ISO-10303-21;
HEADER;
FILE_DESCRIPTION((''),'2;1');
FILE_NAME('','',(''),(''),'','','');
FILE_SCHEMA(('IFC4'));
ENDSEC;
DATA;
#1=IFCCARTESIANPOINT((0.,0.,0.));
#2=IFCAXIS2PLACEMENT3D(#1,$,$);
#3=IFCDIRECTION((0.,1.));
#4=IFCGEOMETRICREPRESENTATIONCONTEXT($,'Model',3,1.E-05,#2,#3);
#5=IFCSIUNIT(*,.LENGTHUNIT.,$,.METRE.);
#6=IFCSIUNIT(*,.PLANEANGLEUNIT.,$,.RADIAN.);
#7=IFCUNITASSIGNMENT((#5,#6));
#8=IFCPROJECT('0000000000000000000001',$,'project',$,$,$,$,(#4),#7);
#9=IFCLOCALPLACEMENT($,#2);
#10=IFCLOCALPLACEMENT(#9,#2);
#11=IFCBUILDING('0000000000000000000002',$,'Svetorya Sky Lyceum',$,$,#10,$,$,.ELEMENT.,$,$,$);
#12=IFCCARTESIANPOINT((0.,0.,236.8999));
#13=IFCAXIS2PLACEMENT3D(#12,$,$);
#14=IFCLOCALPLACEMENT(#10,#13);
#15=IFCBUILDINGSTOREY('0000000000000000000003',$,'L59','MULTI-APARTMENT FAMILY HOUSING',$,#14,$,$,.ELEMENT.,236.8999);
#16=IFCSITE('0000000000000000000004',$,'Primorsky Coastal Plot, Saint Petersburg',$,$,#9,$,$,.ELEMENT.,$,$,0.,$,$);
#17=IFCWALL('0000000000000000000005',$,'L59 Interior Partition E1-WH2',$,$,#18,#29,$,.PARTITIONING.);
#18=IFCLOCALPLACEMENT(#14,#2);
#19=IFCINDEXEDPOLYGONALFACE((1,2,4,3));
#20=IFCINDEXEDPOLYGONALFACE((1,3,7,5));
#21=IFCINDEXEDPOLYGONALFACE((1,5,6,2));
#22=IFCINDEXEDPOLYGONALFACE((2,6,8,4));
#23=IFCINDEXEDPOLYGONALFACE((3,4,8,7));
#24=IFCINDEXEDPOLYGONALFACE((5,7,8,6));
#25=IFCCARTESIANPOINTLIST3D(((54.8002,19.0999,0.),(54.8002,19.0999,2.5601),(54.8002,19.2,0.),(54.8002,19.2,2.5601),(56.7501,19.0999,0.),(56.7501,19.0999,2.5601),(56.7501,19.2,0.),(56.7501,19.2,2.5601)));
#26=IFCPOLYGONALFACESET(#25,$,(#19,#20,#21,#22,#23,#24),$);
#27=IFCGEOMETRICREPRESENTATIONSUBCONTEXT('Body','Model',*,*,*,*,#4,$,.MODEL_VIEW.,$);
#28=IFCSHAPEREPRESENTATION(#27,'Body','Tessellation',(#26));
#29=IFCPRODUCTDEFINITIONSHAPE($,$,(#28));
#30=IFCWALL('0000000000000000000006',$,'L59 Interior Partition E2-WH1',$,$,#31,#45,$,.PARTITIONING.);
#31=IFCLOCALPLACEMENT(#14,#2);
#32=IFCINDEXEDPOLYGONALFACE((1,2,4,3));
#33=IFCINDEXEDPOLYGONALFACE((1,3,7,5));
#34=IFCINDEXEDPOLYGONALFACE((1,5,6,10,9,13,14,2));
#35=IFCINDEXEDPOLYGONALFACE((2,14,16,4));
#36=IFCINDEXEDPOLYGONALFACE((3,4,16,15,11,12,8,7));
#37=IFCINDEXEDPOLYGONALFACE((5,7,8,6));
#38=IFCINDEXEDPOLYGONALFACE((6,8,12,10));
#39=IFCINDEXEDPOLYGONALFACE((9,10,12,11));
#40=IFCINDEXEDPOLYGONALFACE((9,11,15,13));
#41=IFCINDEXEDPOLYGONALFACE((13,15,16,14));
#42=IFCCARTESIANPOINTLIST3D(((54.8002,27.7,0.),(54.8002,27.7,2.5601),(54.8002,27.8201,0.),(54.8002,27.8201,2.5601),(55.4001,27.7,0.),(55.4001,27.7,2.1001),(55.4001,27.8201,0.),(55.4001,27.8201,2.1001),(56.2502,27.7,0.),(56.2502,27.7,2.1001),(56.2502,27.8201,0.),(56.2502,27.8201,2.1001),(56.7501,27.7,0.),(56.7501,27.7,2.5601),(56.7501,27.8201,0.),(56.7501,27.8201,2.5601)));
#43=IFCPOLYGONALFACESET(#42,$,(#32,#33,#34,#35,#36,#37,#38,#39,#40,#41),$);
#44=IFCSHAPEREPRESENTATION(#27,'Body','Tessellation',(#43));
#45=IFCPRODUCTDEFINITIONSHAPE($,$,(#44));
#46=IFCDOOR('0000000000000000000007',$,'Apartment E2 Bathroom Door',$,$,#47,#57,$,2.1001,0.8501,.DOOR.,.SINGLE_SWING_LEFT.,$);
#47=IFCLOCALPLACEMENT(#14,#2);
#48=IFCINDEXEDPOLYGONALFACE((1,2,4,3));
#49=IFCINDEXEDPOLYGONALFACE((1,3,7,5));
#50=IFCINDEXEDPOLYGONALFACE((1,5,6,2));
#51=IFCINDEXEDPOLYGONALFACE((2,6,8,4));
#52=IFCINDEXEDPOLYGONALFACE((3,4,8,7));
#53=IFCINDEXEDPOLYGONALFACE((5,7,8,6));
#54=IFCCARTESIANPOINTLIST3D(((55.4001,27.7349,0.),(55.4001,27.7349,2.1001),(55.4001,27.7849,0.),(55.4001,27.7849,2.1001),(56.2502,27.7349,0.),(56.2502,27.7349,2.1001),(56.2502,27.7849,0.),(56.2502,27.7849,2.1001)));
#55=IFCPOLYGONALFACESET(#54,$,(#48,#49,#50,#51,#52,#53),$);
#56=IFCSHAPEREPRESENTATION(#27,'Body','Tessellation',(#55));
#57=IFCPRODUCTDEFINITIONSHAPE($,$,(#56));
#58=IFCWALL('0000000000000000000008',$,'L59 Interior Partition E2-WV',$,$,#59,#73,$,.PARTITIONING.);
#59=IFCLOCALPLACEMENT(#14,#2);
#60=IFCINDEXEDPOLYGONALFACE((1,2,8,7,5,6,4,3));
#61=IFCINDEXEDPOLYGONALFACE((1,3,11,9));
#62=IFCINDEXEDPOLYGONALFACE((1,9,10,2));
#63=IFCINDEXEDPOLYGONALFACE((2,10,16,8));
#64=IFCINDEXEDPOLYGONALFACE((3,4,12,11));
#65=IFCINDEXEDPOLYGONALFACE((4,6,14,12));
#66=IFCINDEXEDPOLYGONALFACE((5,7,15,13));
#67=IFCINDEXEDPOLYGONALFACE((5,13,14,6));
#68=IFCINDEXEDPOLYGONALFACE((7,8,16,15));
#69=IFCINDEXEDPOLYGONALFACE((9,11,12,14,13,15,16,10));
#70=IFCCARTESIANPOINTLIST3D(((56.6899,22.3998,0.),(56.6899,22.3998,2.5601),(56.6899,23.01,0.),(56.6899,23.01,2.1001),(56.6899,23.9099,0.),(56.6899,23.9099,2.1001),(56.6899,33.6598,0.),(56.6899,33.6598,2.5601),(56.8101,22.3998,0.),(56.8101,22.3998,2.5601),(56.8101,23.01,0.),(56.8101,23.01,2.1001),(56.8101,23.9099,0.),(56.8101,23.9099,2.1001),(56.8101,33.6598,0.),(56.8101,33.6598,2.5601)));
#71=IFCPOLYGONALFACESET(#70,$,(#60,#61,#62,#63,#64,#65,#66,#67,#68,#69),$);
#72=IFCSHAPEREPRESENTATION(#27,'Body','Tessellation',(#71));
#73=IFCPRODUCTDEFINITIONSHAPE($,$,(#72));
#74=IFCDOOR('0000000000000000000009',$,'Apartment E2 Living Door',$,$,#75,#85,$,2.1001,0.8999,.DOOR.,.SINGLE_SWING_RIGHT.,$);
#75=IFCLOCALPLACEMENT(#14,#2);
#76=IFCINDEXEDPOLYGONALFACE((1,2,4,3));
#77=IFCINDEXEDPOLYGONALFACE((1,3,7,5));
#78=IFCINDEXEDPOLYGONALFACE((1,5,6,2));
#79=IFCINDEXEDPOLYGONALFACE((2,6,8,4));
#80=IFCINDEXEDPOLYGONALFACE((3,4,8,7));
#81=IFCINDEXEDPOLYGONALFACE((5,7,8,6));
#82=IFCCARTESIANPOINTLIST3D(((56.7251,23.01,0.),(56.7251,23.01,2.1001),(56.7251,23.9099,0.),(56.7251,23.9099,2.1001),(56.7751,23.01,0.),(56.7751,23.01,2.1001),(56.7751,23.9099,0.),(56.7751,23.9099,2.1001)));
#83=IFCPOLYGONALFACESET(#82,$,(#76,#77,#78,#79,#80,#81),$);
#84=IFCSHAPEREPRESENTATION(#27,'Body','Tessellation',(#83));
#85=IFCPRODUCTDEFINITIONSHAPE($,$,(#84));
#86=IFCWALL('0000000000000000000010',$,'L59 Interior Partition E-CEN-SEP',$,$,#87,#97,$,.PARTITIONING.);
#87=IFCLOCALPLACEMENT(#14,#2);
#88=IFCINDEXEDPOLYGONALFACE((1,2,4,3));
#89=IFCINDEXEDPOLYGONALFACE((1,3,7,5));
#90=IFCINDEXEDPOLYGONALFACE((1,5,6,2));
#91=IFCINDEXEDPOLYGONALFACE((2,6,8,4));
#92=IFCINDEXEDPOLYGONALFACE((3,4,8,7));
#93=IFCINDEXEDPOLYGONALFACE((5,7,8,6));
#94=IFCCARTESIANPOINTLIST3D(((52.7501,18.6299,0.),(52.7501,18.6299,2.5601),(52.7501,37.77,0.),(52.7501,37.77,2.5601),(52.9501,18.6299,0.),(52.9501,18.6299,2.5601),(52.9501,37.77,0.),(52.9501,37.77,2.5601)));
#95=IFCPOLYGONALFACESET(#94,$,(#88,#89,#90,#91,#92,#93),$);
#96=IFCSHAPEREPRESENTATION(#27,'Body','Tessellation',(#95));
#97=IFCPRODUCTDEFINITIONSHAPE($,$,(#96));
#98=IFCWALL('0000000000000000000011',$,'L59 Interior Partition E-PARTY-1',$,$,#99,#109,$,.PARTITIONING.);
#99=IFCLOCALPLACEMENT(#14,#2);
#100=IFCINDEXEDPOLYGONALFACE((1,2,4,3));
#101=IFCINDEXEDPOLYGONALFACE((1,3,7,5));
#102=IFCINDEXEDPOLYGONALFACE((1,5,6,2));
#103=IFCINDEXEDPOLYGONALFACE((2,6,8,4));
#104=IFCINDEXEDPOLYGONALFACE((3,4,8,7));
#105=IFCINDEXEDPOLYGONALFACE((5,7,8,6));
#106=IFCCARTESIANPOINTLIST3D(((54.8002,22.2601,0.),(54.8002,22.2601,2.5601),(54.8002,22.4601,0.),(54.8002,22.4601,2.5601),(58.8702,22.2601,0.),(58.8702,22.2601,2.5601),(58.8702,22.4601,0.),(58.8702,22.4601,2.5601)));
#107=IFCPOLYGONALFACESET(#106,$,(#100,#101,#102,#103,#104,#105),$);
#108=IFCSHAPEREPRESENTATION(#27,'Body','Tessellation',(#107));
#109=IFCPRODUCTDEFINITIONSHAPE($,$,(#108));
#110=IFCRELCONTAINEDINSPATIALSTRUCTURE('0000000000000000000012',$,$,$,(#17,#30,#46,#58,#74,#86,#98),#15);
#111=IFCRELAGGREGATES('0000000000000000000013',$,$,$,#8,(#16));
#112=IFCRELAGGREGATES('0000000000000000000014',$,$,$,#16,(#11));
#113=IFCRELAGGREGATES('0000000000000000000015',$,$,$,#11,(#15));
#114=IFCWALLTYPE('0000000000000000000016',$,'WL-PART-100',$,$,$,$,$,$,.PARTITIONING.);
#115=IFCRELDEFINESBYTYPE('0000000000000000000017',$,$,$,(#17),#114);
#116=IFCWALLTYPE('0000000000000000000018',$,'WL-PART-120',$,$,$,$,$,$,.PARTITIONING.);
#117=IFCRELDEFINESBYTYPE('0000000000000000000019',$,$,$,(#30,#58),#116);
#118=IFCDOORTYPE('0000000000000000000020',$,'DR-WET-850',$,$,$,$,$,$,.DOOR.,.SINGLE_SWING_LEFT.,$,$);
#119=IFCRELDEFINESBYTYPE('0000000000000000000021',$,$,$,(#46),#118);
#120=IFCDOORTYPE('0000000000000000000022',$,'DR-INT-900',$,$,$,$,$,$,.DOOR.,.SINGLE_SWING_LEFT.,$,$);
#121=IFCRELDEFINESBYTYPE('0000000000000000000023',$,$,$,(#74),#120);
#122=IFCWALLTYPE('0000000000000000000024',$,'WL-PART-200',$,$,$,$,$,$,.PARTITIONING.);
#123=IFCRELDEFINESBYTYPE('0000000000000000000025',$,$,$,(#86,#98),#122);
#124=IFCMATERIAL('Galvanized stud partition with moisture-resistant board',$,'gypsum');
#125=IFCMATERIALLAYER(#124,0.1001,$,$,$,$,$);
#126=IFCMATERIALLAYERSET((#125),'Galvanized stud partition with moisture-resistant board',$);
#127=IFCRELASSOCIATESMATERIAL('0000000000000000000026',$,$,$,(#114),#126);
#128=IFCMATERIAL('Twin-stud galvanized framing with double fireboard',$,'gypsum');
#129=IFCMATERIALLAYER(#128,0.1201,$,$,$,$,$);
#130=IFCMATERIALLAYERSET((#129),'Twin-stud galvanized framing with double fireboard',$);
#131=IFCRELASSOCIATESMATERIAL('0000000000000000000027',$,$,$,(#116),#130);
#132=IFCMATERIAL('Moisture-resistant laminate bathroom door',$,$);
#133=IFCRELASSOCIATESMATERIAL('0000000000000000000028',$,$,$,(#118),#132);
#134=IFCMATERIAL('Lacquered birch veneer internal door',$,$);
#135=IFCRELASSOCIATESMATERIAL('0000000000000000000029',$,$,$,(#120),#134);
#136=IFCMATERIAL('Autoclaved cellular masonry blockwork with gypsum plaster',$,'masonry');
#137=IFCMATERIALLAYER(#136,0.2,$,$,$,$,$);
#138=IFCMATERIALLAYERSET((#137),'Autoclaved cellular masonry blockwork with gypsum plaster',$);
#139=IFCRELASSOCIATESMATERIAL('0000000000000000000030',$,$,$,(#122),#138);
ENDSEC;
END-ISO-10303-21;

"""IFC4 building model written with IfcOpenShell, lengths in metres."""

from ifc_helpers import new_model, si_unit, direction, frame, frame_2d, origin, place, context, subcontext, project, spatial, rectangle, extrude, material, layer, layer_set, type_object, element, fill, save


model = new_model("IFC4")

# Units and contexts
model_context = context("Model", 3, precision=1e-05, world=origin(), true_north=direction((0.0, 1.0)))
body_context = subcontext(model_context, "Body", "Model", "MODEL_VIEW")
ifc_project = project(units=[si_unit("LENGTHUNIT", "METRE"), si_unit("PLANEANGLEUNIT", "RADIAN")], contexts=[model_context])

# Site, building, storey
site_placement = place(None, origin())
site = spatial("IfcSite", under=ifc_project, at=site_placement, Name="Primorsky Coastal Plot, Saint Petersburg", CompositionType="ELEMENT", RefElevation=0.0)
building_placement = place(site_placement, origin())
building = spatial("IfcBuilding", under=site, at=building_placement, Name="Svetorya Sky Lyceum", CompositionType="ELEMENT")
storey_placement = place(building_placement, frame((0.0, 0.0, 236.8999)))
storey = spatial("IfcBuildingStorey", under=building, at=storey_placement, Name="L59", Description="MULTI-APARTMENT FAMILY HOUSING", CompositionType="ELEMENT", Elevation=236.8999)

# Wall
ifc_material_1 = material(Name="Galvanized stud partition with moisture-resistant board", Category="gypsum")
ifc_layer_1 = layer(ifc_material_1, 0.1001)
ifc_layer_set_1 = layer_set([ifc_layer_1], Name="Galvanized stud partition with moisture-resistant board")
wall_type_1 = type_object("IfcWallType", Name="WL-PART-100", PredefinedType="PARTITIONING", material=ifc_layer_set_1)
wall_1_placement = place(storey_placement, frame((54.8, 19.1499, 0.0), z_axis=(0.0, 0.0, 1.0), x_axis=(1.0, 0.0, 0.0)))
element("IfcWall", 1, at=wall_1_placement, inside=storey, type_object=wall_type_1, Name="L59 Interior Partition E1-WH2", PredefinedType="PARTITIONING", context=body_context, shape_type="SweptSolid", body=[
    extrude(rectangle(XDim=1.95, YDim=0.1001, at=frame_2d((0.9751, 0.0))), origin(), (0.0, 0.0, 1.0), 2.5601),
])

# Walls, openings, doors
ifc_material_2 = material(Name="Twin-stud galvanized framing with double fireboard", Category="gypsum")
ifc_layer_2 = layer(ifc_material_2, 0.1201)
ifc_layer_set_2 = layer_set([ifc_layer_2], Name="Twin-stud galvanized framing with double fireboard")
wall_type_2 = type_object("IfcWallType", Name="WL-PART-120", PredefinedType="PARTITIONING", material=ifc_layer_set_2)
wall_2_placement = place(storey_placement, frame((54.8, 27.76, 0.0), z_axis=(0.0, 0.0, 1.0), x_axis=(1.0, 0.0, 0.0)))
wall_2 = element("IfcWall", 2, at=wall_2_placement, inside=storey, type_object=wall_type_2, Name="L59 Interior Partition E2-WH1", PredefinedType="PARTITIONING", context=body_context, shape_type="SweptSolid", body=[
    extrude(rectangle(XDim=1.95, YDim=0.1201, at=frame_2d((0.9751, 0.0))), origin(), (0.0, 0.0, 1.0), 2.5601),
])
opening_1_placement = place(wall_2_placement, frame((0.6001, 0.0, 0.0)))
opening_1 = element("IfcOpeningElement", 3, at=opening_1_placement, cuts=wall_2, PredefinedType="OPENING", context=body_context, shape_type="SweptSolid", body=[
    extrude(rectangle(XDim=0.8501, YDim=2.1001, at=frame_2d((0.425, 1.05))), frame((0.0, 0.0701, 0.0), z_axis=(0.0, -1.0, 0.0), x_axis=(1.0, 0.0, 0.0)), (0.0, 0.0, 1.0), 0.1401),
])
ifc_material_3 = material(Name="Moisture-resistant laminate bathroom door")
door_type_1 = type_object("IfcDoorType", Name="DR-WET-850", OperationType="SINGLE_SWING_LEFT", PredefinedType="DOOR", material=ifc_material_3)
door_1_placement = place(opening_1_placement, origin())
door_1 = element("IfcDoor", 4, at=door_1_placement, inside=storey, type_object=door_type_1, Name="Apartment E2 Bathroom Door", OperationType="SINGLE_SWING_LEFT", OverallHeight=2.1001, OverallWidth=0.8501, PredefinedType="DOOR", context=body_context, shape_type="SweptSolid", body=[
    extrude(rectangle(XDim=0.8501, YDim=2.1001, at=frame_2d((0.425, 1.05))), frame((0.0, 0.0249, 0.0), z_axis=(0.0, -1.0, 0.0), x_axis=(1.0, 0.0, 0.0)), (0.0, 0.0, 1.0), 0.05),
])
fill(opening_1, door_1)
wall_3_placement = place(storey_placement, frame((56.75, 22.3999, 0.0), z_axis=(0.0, 0.0, 1.0), x_axis=(0.0, 1.0, 0.0)))
wall_3 = element("IfcWall", 5, at=wall_3_placement, inside=storey, type_object=wall_type_2, Name="L59 Interior Partition E2-WV", PredefinedType="PARTITIONING", context=body_context, shape_type="SweptSolid", body=[
    extrude(rectangle(XDim=11.26, YDim=0.1201, at=frame_2d((5.6299, 0.0))), origin(), (0.0, 0.0, 1.0), 2.5601),
])
opening_2_placement = place(wall_3_placement, frame((0.6101, 0.0, 0.0)))
opening_2 = element("IfcOpeningElement", 6, at=opening_2_placement, cuts=wall_3, PredefinedType="OPENING", context=body_context, shape_type="SweptSolid", body=[
    extrude(rectangle(XDim=0.8999, YDim=2.1001, at=frame_2d((0.45, 1.05))), frame((0.0, 0.0701, 0.0), z_axis=(0.0, -1.0, 0.0), x_axis=(1.0, 0.0, 0.0)), (0.0, 0.0, 1.0), 0.1401),
])
ifc_material_4 = material(Name="Lacquered birch veneer internal door")
door_type_2 = type_object("IfcDoorType", Name="DR-INT-900", OperationType="SINGLE_SWING_LEFT", PredefinedType="DOOR", material=ifc_material_4)
door_2_placement = place(opening_2_placement, origin())
door_2 = element("IfcDoor", 7, at=door_2_placement, inside=storey, type_object=door_type_2, Name="Apartment E2 Living Door", OperationType="SINGLE_SWING_RIGHT", OverallHeight=2.1001, OverallWidth=0.8999, PredefinedType="DOOR", context=body_context, shape_type="SweptSolid", body=[
    extrude(rectangle(XDim=0.8999, YDim=2.1001, at=frame_2d((0.45, 1.05))), frame((0.0, 0.0249, 0.0), z_axis=(0.0, -1.0, 0.0), x_axis=(1.0, 0.0, 0.0)), (0.0, 0.0, 1.0), 0.05),
])
fill(opening_2, door_2)

# Walls
ifc_material_5 = material(Name="Autoclaved cellular masonry blockwork with gypsum plaster", Category="masonry")
ifc_layer_3 = layer(ifc_material_5, 0.2)
ifc_layer_set_3 = layer_set([ifc_layer_3], Name="Autoclaved cellular masonry blockwork with gypsum plaster")
wall_type_3 = type_object("IfcWallType", Name="WL-PART-200", PredefinedType="PARTITIONING", material=ifc_layer_set_3)
wall_4_placement = place(storey_placement, frame((52.8501, 18.6299, 0.0), z_axis=(0.0, 0.0, 1.0), x_axis=(0.0, 1.0, 0.0)))
element("IfcWall", 8, at=wall_4_placement, inside=storey, type_object=wall_type_3, Name="L59 Interior Partition E-CEN-SEP", PredefinedType="PARTITIONING", context=body_context, shape_type="SweptSolid", body=[
    extrude(rectangle(XDim=19.1401, YDim=0.2, at=frame_2d((9.5701, 0.0))), origin(), (0.0, 0.0, 1.0), 2.5601),
])
wall_5_placement = place(storey_placement, frame((54.8, 22.3601, 0.0), z_axis=(0.0, 0.0, 1.0), x_axis=(1.0, 0.0, 0.0)))
element("IfcWall", 9, at=wall_5_placement, inside=storey, type_object=wall_type_3, Name="L59 Interior Partition E-PARTY-1", PredefinedType="PARTITIONING", context=body_context, shape_type="SweptSolid", body=[
    extrude(rectangle(XDim=4.0701, YDim=0.2, at=frame_2d((2.0352, 0.0))), origin(), (0.0, 0.0, 1.0), 2.5601),
])

save(model, "model.ifc")
